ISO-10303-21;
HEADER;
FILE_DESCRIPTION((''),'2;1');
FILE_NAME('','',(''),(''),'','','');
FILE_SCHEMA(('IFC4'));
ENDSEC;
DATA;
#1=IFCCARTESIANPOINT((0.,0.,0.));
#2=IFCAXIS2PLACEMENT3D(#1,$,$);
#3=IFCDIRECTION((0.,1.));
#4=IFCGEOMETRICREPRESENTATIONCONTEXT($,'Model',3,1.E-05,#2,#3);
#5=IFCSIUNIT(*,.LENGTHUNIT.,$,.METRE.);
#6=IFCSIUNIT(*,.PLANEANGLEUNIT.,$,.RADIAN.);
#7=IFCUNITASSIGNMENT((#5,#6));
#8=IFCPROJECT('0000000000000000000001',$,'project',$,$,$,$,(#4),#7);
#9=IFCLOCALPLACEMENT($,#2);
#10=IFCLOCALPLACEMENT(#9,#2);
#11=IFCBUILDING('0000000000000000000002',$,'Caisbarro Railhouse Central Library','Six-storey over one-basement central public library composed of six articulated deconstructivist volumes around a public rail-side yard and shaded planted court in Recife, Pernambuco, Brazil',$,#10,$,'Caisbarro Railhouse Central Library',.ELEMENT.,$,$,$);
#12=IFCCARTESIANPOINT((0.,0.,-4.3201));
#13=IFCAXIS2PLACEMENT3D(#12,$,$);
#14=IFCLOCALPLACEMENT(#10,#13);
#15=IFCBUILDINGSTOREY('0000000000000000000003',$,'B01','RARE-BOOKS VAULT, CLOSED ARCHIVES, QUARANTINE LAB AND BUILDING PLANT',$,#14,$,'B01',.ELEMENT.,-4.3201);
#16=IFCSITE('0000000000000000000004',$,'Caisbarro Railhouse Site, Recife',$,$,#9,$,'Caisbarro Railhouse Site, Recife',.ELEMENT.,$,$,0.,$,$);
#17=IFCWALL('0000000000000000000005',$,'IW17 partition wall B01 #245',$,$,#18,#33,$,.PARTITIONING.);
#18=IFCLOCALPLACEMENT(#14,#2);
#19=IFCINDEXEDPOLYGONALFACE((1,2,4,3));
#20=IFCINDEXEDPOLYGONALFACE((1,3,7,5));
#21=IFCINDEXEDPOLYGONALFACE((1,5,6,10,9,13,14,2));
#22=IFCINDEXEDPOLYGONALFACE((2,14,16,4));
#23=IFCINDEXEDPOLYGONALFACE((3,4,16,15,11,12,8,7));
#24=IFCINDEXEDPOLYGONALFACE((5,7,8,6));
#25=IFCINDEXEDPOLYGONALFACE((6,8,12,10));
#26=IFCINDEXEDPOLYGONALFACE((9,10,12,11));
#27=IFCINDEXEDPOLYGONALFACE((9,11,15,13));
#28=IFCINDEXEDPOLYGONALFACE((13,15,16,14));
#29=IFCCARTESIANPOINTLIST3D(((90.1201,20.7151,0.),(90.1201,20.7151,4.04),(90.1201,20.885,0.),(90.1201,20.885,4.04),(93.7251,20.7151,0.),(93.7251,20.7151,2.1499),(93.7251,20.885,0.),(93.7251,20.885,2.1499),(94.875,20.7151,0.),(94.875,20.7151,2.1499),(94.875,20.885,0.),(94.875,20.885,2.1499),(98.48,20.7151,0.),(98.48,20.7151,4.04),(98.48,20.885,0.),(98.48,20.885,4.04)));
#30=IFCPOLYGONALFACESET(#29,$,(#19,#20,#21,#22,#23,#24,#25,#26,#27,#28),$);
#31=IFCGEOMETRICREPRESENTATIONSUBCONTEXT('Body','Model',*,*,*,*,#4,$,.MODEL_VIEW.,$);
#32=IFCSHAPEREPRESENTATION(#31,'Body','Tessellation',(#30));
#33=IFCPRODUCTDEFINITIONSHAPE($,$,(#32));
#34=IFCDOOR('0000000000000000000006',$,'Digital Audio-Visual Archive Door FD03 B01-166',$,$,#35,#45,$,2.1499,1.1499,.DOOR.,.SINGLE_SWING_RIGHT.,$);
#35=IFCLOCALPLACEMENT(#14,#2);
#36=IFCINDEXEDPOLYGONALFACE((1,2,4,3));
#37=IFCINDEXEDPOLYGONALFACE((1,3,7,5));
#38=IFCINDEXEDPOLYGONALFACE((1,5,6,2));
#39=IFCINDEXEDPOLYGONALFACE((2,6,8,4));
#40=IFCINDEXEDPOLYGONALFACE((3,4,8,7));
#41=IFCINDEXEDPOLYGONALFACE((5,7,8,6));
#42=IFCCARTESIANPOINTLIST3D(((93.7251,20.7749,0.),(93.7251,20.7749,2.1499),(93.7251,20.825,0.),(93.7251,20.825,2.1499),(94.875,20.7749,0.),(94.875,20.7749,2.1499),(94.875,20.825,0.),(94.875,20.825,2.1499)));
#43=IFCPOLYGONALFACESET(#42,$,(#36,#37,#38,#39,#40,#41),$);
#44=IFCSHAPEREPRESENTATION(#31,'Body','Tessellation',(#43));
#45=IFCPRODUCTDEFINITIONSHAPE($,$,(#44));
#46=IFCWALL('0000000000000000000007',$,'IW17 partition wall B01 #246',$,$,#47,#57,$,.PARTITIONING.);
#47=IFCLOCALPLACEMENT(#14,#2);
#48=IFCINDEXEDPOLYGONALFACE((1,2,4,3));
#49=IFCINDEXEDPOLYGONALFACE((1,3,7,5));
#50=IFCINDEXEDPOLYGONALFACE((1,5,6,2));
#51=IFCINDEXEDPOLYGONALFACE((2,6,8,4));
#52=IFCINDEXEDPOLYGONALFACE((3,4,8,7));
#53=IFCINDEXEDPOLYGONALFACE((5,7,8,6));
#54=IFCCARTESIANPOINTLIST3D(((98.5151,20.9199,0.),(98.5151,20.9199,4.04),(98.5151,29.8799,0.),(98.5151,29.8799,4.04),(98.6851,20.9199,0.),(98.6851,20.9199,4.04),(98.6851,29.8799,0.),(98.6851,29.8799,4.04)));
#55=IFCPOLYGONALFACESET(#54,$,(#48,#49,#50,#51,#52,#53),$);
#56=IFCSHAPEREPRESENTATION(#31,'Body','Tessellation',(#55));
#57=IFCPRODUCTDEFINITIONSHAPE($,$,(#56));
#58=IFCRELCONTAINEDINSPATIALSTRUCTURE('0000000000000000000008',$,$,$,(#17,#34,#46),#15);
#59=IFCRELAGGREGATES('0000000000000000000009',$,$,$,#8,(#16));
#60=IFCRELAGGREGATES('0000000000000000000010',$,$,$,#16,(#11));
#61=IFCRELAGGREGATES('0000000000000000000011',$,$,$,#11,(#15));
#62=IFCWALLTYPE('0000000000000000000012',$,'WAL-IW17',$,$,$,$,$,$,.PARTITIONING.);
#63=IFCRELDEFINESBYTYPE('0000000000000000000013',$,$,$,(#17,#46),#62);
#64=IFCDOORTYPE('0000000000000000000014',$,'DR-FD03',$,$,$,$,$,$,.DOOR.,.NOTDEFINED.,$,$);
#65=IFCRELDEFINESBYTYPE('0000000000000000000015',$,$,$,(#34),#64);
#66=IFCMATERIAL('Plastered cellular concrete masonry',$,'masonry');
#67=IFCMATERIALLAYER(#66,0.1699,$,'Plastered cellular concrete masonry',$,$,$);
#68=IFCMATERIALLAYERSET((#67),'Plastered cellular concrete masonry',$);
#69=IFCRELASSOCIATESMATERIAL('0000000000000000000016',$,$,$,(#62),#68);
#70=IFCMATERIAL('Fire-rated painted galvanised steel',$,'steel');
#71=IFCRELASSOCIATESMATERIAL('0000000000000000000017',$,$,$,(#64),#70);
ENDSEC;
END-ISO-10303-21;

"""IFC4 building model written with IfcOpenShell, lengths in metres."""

from ifc_helpers import new_model, si_unit, direction, frame, frame_2d, origin, place, context, subcontext, project, spatial, rectangle, extrude, material, layer, layer_set, type_object, element, fill, save


model = new_model("IFC4")

# Units and contexts
model_context = context("Model", 3, precision=1e-05, world=origin(), true_north=direction((0.0, 1.0)))
body_context = subcontext(model_context, "Body", "Model", "MODEL_VIEW")
ifc_project = project(units=[si_unit("LENGTHUNIT", "METRE"), si_unit("PLANEANGLEUNIT", "RADIAN")], contexts=[model_context])

# Site, building, storey
site_placement = place(None, origin())
site = spatial("IfcSite", under=ifc_project, at=site_placement, Name="Caisbarro Railhouse Site, Recife", LongName="Caisbarro Railhouse Site, Recife", CompositionType="ELEMENT", RefElevation=0.0)
building_placement = place(site_placement, origin())
building = spatial("IfcBuilding", under=site, at=building_placement, Name="Caisbarro Railhouse Central Library", Description="Six-storey over one-basement central public library composed of six articulated deconstructivist volumes around a public rail-side yard and shaded planted court in Recife, Pernambuco, Brazil", LongName="Caisbarro Railhouse Central Library", CompositionType="ELEMENT")
storey_placement = place(building_placement, frame((0.0, 0.0, -4.3201)))
storey = spatial("IfcBuildingStorey", under=building, at=storey_placement, Name="B01", Description="RARE-BOOKS VAULT, CLOSED ARCHIVES, QUARANTINE LAB AND BUILDING PLANT", LongName="B01", CompositionType="ELEMENT", Elevation=-4.3201)

# Shared definitions
ifc_material_1 = material(Name="Fire-rated painted galvanised steel", Category="steel")

# Wall, opening, door
ifc_material_2 = material(Name="Plastered cellular concrete masonry", Category="masonry")
ifc_layer_1 = layer(ifc_material_2, 0.1699, Name="Plastered cellular concrete masonry")
ifc_layer_set_1 = layer_set([ifc_layer_1], Name="Plastered cellular concrete masonry")
wall_type_1 = type_object("IfcWallType", Name="WAL-IW17", PredefinedType="PARTITIONING", material=ifc_layer_set_1)
wall_1_placement = place(storey_placement, frame((90.1201, 20.8, 0.0), z_axis=(0.0, 0.0, 1.0), x_axis=(1.0, 0.0, 0.0)))
wall_1 = element("IfcWall", 1, at=wall_1_placement, inside=storey, type_object=wall_type_1, Name="IW17 partition wall B01 #245", PredefinedType="PARTITIONING", context=body_context, shape_type="SweptSolid", body=[
    extrude(rectangle(XDim=8.3599, YDim=0.1699, at=frame_2d((4.1799, 0.0))), origin(), (0.0, 0.0, 1.0), 4.04),
])
opening_1_placement = place(wall_1_placement, frame((3.605, 0.0, 0.0)))
opening_1 = element("IfcOpeningElement", 2, at=opening_1_placement, cuts=wall_1, PredefinedType="OPENING", context=body_context, shape_type="SweptSolid", body=[
    extrude(rectangle(XDim=1.1499, YDim=2.1499, at=frame_2d((0.575, 1.075))), frame((0.0, 0.095, 0.0), z_axis=(0.0, -1.0, 0.0), x_axis=(1.0, 0.0, 0.0)), (0.0, 0.0, 1.0), 0.1899),
])
door_type_1 = type_object("IfcDoorType", Name="DR-FD03", OperationType="NOTDEFINED", PredefinedType="DOOR", material=ifc_material_1)
door_1_placement = place(opening_1_placement, origin())
door_1 = element("IfcDoor", 3, at=door_1_placement, inside=storey, type_object=door_type_1, Name="Digital Audio-Visual Archive Door FD03 B01-166", OperationType="SINGLE_SWING_RIGHT", OverallHeight=2.1499, OverallWidth=1.1499, PredefinedType="DOOR", context=body_context, shape_type="SweptSolid", body=[
    extrude(rectangle(XDim=1.1499, YDim=2.1499, at=frame_2d((0.575, 1.075))), frame((0.0, 0.0249, 0.0), z_axis=(0.0, -1.0, 0.0), x_axis=(1.0, 0.0, 0.0)), (0.0, 0.0, 1.0), 0.05),
])
fill(opening_1, door_1)

# Wall
wall_2_placement = place(storey_placement, frame((98.6001, 20.9199, 0.0), z_axis=(0.0, 0.0, 1.0), x_axis=(0.0, 1.0, 0.0)))
element("IfcWall", 4, at=wall_2_placement, inside=storey, type_object=wall_type_1, Name="IW17 partition wall B01 #246", PredefinedType="PARTITIONING", context=body_context, shape_type="SweptSolid", body=[
    extrude(rectangle(XDim=8.96, YDim=0.1699, at=frame_2d((4.48, 0.0))), origin(), (0.0, 0.0, 1.0), 4.04),
])

save(model, "model.ifc")
